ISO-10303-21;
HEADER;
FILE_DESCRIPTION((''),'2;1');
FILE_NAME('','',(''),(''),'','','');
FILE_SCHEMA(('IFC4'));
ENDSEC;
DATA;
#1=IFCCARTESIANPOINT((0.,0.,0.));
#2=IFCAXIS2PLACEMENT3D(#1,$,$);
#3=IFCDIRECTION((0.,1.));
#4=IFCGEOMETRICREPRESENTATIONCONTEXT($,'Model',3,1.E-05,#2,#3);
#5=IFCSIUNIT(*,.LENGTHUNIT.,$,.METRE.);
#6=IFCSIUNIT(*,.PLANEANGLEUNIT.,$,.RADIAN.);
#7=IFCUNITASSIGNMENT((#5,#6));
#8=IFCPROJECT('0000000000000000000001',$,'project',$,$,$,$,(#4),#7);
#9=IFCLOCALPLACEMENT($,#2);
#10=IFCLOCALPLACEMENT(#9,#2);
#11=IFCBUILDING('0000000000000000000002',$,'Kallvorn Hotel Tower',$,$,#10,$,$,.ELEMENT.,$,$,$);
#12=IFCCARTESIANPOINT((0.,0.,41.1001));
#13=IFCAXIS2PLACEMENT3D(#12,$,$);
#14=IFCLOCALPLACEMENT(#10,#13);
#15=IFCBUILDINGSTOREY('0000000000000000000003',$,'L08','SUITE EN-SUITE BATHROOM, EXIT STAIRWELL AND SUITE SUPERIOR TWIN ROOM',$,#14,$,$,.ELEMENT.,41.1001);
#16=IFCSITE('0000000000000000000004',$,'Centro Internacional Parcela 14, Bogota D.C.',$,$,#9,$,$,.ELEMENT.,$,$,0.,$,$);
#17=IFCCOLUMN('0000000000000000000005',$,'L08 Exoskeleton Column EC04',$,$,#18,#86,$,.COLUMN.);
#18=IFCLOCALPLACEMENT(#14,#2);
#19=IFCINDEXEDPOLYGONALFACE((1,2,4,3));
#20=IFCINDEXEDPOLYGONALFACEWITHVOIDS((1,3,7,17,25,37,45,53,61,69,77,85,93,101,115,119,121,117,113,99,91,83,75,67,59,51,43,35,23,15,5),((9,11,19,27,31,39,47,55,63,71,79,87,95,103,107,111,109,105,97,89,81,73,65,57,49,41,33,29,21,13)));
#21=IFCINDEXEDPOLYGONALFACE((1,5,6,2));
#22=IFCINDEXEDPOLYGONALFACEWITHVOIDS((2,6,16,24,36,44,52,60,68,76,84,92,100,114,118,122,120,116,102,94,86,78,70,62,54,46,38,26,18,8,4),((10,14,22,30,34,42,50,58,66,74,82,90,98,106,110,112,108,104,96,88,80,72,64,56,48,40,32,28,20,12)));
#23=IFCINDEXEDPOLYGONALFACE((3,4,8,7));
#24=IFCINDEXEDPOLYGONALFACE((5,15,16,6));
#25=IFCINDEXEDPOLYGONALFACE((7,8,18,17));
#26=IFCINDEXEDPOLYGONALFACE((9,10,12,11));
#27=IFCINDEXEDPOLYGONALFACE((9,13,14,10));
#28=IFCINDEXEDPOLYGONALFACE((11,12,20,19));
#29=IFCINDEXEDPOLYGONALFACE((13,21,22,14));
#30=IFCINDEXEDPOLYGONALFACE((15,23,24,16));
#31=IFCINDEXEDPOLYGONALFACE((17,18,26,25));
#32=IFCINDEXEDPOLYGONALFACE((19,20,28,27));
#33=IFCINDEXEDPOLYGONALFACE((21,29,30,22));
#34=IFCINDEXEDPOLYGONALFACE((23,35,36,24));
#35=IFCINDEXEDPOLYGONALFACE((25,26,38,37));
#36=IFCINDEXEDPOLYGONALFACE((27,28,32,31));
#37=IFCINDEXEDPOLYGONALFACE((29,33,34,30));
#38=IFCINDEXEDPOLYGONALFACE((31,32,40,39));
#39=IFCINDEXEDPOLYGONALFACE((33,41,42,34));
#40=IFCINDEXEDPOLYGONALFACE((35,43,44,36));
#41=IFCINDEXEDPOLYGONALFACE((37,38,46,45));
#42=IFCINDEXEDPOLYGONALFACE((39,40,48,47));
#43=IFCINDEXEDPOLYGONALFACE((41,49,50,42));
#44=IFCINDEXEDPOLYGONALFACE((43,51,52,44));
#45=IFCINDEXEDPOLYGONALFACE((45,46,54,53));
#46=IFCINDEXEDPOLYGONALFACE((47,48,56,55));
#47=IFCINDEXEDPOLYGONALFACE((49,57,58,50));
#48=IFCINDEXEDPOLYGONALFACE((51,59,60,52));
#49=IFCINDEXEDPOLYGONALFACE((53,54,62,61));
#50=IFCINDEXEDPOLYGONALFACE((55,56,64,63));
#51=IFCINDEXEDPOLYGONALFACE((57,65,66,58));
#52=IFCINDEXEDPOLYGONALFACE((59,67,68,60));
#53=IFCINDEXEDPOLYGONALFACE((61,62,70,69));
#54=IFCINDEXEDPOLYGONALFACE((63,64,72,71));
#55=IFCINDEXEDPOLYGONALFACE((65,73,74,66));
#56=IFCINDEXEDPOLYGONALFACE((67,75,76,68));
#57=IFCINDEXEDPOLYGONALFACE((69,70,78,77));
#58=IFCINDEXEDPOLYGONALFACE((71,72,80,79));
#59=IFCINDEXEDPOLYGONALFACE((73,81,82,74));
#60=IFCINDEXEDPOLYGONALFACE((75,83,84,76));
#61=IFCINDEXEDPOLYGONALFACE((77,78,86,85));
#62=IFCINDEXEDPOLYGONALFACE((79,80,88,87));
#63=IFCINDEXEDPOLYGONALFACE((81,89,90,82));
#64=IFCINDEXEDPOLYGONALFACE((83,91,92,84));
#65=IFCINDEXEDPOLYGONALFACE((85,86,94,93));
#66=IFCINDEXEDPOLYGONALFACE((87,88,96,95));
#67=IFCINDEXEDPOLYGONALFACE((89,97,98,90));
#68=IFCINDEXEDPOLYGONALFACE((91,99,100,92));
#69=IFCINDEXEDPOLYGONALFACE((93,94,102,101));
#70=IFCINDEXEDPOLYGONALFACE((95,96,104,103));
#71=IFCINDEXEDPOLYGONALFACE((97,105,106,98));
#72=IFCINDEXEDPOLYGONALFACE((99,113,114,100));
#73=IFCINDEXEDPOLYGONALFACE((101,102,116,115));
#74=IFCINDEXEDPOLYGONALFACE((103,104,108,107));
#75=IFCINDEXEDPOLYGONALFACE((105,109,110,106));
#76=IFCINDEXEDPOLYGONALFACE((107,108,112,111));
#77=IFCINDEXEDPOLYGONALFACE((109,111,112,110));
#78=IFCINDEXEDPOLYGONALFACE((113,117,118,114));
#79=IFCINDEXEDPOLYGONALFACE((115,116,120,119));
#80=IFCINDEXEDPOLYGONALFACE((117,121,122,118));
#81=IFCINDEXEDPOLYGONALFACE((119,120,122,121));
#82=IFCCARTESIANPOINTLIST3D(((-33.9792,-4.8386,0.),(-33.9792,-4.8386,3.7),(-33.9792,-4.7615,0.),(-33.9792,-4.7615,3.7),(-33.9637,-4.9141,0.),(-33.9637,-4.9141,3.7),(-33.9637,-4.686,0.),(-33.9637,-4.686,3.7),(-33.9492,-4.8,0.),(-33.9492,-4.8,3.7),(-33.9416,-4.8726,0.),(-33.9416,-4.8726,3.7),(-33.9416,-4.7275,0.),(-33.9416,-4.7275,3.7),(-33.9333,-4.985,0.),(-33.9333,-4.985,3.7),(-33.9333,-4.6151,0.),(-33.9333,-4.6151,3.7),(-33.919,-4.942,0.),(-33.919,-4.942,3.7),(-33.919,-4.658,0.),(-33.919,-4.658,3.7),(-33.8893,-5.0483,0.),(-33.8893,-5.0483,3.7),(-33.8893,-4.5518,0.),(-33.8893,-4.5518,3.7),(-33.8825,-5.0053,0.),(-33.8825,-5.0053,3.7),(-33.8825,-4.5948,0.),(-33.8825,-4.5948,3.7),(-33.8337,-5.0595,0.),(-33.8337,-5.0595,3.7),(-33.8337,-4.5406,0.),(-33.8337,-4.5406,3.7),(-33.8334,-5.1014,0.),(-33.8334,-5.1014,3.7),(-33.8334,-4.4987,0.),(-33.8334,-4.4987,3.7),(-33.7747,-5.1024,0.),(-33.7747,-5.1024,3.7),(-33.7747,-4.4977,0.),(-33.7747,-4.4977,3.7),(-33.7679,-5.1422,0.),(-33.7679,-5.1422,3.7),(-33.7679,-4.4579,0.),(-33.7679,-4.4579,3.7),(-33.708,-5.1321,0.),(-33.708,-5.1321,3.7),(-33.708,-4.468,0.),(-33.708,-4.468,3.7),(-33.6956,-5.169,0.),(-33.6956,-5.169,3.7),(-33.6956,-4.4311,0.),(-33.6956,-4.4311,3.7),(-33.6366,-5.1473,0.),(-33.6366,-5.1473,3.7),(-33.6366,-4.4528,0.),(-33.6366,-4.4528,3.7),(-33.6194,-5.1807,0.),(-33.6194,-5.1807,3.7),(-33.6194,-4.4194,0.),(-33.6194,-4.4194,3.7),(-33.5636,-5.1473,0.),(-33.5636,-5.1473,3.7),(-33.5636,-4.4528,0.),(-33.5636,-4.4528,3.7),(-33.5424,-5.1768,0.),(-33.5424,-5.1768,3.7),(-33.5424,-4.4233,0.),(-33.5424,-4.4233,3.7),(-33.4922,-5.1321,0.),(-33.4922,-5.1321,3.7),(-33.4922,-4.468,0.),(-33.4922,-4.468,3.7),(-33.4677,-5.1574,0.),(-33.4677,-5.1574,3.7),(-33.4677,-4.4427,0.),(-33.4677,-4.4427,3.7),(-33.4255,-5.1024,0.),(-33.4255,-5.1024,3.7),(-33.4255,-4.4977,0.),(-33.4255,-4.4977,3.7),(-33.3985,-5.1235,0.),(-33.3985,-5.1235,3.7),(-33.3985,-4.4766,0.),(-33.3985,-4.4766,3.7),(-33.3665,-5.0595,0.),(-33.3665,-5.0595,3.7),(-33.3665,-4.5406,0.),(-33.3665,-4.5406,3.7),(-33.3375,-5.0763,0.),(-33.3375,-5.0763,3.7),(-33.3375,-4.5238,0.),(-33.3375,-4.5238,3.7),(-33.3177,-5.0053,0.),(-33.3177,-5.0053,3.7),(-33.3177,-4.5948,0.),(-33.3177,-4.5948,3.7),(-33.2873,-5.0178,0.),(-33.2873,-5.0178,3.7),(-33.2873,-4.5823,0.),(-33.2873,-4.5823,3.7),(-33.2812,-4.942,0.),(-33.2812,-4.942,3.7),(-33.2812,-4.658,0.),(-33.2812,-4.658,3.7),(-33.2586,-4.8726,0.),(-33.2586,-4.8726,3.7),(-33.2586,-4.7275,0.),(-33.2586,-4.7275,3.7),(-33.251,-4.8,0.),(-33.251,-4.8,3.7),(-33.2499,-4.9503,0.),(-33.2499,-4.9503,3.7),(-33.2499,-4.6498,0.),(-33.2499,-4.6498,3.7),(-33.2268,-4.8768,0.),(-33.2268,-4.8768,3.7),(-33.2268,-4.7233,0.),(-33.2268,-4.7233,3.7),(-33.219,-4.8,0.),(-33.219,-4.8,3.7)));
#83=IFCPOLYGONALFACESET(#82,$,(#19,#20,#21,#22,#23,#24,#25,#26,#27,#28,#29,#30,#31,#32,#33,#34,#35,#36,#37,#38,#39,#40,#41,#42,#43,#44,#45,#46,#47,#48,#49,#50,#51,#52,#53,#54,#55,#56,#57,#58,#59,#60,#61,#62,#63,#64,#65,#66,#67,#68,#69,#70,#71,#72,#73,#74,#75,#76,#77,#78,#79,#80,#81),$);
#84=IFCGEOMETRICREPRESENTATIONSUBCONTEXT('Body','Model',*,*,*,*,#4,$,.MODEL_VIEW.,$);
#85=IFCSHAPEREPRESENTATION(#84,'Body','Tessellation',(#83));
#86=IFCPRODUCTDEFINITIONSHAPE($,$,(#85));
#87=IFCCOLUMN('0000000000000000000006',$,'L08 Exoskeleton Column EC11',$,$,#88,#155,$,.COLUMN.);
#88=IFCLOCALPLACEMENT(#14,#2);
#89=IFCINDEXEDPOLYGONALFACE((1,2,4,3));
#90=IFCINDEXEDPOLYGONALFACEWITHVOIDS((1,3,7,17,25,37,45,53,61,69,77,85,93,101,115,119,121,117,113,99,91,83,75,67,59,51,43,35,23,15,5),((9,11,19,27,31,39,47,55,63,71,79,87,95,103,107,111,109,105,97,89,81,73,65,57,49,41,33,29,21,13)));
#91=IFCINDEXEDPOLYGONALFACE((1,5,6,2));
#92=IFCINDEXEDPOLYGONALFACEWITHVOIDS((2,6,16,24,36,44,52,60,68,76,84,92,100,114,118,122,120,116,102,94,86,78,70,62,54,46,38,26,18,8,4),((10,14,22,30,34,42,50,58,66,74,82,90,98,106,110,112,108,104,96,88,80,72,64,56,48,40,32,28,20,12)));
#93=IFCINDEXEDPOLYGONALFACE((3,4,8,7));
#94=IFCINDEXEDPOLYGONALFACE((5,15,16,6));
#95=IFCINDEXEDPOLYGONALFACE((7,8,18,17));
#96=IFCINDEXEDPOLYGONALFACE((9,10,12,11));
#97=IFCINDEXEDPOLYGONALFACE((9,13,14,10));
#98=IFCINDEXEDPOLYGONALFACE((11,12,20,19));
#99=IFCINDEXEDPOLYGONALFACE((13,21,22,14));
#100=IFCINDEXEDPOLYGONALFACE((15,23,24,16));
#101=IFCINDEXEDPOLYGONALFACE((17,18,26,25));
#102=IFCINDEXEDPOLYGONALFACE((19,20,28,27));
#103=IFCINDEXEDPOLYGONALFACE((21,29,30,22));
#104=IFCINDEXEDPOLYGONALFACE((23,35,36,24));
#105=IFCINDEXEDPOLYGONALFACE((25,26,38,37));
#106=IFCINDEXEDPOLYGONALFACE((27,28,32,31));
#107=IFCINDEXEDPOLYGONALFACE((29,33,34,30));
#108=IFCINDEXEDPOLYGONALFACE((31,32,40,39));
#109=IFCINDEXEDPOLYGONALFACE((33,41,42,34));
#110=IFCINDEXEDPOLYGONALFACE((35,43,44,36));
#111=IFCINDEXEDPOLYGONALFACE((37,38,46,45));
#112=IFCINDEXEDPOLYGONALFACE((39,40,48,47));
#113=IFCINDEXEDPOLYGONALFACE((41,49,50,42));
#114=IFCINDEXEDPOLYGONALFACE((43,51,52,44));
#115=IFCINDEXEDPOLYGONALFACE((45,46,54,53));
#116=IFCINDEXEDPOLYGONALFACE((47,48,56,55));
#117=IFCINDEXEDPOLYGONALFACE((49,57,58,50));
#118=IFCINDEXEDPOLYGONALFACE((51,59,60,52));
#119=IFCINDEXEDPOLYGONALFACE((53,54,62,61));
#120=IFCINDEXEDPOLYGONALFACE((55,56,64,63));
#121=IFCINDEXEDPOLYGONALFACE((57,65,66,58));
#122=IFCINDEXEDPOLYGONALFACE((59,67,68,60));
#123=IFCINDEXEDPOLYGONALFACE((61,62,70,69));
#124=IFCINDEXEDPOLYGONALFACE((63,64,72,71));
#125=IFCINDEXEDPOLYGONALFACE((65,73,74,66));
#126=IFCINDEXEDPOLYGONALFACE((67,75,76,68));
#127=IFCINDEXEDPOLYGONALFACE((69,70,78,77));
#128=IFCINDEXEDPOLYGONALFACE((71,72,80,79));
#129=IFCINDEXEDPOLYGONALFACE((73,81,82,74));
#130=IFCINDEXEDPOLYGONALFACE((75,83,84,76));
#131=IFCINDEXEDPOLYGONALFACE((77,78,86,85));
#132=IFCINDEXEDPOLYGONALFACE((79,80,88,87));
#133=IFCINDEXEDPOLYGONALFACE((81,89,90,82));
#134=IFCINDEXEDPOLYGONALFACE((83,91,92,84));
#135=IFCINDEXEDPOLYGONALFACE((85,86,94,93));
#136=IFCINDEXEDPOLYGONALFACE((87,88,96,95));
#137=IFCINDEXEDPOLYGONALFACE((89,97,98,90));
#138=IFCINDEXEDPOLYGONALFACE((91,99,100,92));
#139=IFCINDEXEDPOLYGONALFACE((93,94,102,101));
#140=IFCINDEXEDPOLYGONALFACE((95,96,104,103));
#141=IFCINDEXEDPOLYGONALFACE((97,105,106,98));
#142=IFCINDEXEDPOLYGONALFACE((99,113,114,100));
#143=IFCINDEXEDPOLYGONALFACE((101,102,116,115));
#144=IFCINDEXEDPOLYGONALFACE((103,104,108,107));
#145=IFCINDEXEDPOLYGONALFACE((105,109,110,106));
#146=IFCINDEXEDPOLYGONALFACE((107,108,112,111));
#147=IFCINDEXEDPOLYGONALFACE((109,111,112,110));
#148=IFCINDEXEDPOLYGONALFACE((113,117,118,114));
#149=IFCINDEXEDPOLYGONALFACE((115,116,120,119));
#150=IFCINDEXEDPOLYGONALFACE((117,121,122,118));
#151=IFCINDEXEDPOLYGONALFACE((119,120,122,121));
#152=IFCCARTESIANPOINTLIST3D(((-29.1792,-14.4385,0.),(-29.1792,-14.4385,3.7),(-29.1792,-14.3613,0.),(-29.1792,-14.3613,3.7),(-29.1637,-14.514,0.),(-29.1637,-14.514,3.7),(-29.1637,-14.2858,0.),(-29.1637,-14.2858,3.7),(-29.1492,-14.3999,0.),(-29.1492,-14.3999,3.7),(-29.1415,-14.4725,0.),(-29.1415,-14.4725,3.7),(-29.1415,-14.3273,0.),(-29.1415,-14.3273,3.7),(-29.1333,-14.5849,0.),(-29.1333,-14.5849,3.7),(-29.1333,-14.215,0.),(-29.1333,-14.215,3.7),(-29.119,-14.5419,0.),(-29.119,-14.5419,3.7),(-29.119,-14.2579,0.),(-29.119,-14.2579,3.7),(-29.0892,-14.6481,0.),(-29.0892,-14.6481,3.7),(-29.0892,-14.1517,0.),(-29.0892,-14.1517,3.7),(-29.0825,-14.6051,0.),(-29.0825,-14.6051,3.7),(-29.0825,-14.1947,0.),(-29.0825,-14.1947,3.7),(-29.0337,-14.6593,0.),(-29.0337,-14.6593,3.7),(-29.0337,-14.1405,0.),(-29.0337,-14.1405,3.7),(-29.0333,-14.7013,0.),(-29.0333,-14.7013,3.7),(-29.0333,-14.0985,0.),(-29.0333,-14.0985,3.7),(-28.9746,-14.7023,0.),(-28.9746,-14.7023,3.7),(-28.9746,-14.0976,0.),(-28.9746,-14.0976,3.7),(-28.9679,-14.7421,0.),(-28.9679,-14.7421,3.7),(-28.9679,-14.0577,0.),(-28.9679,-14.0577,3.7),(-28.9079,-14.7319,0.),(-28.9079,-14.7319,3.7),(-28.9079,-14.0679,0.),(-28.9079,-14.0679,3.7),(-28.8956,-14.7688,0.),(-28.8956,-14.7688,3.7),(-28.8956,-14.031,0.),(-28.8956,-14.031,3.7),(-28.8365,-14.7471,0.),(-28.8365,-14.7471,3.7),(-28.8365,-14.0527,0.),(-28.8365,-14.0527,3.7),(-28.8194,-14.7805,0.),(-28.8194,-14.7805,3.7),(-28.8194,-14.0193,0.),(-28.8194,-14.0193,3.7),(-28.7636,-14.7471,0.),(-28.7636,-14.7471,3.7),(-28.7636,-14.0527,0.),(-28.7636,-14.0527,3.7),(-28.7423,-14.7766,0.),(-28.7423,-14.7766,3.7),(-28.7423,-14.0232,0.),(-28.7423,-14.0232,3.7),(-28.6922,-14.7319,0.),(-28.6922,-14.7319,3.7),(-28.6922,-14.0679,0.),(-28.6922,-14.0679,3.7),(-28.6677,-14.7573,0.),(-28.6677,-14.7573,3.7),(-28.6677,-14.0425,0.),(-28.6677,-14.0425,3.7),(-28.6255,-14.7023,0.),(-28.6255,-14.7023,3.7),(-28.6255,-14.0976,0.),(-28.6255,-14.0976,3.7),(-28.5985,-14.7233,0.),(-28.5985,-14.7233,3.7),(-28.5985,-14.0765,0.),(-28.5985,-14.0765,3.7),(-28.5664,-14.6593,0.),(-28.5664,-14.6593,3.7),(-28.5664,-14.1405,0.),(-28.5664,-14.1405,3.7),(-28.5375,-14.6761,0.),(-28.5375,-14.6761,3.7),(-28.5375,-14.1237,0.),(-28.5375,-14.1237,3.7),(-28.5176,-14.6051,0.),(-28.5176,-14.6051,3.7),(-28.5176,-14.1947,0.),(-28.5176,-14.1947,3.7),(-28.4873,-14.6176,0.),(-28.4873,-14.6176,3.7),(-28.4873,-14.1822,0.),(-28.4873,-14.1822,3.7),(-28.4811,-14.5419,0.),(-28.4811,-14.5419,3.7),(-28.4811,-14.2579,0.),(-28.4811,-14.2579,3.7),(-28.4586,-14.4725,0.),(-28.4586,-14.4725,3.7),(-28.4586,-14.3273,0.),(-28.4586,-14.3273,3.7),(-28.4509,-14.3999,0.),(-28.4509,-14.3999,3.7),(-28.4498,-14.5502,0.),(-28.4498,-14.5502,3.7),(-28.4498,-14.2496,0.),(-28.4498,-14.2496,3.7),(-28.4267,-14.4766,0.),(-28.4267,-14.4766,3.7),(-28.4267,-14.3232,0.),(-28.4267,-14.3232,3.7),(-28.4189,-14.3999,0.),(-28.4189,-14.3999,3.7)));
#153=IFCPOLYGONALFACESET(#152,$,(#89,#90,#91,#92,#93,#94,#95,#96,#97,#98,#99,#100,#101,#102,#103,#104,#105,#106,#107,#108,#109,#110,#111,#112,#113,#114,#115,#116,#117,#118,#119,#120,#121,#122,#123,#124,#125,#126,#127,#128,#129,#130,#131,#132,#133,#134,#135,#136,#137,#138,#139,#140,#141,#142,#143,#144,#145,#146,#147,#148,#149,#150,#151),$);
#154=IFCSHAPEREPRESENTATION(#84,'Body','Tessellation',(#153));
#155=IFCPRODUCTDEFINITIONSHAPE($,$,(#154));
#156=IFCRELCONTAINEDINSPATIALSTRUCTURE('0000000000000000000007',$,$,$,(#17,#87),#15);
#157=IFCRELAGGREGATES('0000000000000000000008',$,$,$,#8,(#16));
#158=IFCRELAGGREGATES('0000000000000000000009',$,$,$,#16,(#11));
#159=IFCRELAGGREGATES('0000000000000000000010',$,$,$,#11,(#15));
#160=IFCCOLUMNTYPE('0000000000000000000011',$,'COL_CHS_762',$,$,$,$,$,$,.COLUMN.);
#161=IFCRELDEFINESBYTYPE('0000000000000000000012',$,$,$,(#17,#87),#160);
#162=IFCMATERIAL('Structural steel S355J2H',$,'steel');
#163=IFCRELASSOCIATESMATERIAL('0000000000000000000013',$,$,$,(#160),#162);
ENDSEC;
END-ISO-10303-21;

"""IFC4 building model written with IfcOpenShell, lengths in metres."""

from ifc_helpers import new_model, si_unit, direction, frame, origin, origin_2d, place, context, subcontext, project, spatial, hollow_circle, extrude, material, material_profile, profile_set, type_object, element, save


model = new_model("IFC4")

# Units and contexts
model_context = context("Model", 3, precision=1e-05, world=origin(), true_north=direction((0.0, 1.0)))
body_context = subcontext(model_context, "Body", "Model", "MODEL_VIEW")
ifc_project = project(units=[si_unit("LENGTHUNIT", "METRE"), si_unit("PLANEANGLEUNIT", "RADIAN")], contexts=[model_context])

# Site, building, storey
site_placement = place(None, origin())
site = spatial("IfcSite", under=ifc_project, at=site_placement, Name="Centro Internacional Parcela 14, Bogota D.C.", CompositionType="ELEMENT", RefElevation=0.0)
building_placement = place(site_placement, origin())
building = spatial("IfcBuilding", under=site, at=building_placement, Name="Kallvorn Hotel Tower", CompositionType="ELEMENT")
storey_placement = place(building_placement, frame((0.0, 0.0, 41.1001)))
storey = spatial("IfcBuildingStorey", under=building, at=storey_placement, Name="L08", Description="SUITE EN-SUITE BATHROOM, EXIT STAIRWELL AND SUITE SUPERIOR TWIN ROOM", CompositionType="ELEMENT", Elevation=41.1001)

# Columns
ifc_material_1 = material(Name="Structural steel S355J2H", Category="steel")
ifc_material_profile_1 = material_profile(ifc_material_1, hollow_circle(Radius=0.3811, WallThickness=0.032, at=origin_2d()), Name="CHS 762x32")
ifc_profile_set_1 = profile_set([ifc_material_profile_1], Name="Structural steel S355J2H")
column_type = type_object("IfcColumnType", Name="COL_CHS_762", PredefinedType="COLUMN", material=ifc_profile_set_1)
for number, where, z_axis, x_axis, name in (
    (1, (-33.6001, -4.8, 0.0), (0.0, 0.0, 1.0), (1.0, 0.0, 0.0), "L08 Exoskeleton Column EC04"),
    (2, (-28.8, -14.3999, 0.0), (0.0, 0.0, 1.0), (1.0, 0.0, 0.0), "L08 Exoskeleton Column EC11"),
):
    element("IfcColumn", number, at=place(storey_placement, frame(where, z_axis=z_axis, x_axis=x_axis)), inside=storey, type_object=column_type, Name=name, PredefinedType="COLUMN", context=body_context, shape_type="SweptSolid", body=[
        extrude(hollow_circle(Radius=0.3811, WallThickness=0.032, at=origin_2d()), origin(), (0.0, 0.0, 1.0), 3.7),
    ])

save(model, "model.ifc")
